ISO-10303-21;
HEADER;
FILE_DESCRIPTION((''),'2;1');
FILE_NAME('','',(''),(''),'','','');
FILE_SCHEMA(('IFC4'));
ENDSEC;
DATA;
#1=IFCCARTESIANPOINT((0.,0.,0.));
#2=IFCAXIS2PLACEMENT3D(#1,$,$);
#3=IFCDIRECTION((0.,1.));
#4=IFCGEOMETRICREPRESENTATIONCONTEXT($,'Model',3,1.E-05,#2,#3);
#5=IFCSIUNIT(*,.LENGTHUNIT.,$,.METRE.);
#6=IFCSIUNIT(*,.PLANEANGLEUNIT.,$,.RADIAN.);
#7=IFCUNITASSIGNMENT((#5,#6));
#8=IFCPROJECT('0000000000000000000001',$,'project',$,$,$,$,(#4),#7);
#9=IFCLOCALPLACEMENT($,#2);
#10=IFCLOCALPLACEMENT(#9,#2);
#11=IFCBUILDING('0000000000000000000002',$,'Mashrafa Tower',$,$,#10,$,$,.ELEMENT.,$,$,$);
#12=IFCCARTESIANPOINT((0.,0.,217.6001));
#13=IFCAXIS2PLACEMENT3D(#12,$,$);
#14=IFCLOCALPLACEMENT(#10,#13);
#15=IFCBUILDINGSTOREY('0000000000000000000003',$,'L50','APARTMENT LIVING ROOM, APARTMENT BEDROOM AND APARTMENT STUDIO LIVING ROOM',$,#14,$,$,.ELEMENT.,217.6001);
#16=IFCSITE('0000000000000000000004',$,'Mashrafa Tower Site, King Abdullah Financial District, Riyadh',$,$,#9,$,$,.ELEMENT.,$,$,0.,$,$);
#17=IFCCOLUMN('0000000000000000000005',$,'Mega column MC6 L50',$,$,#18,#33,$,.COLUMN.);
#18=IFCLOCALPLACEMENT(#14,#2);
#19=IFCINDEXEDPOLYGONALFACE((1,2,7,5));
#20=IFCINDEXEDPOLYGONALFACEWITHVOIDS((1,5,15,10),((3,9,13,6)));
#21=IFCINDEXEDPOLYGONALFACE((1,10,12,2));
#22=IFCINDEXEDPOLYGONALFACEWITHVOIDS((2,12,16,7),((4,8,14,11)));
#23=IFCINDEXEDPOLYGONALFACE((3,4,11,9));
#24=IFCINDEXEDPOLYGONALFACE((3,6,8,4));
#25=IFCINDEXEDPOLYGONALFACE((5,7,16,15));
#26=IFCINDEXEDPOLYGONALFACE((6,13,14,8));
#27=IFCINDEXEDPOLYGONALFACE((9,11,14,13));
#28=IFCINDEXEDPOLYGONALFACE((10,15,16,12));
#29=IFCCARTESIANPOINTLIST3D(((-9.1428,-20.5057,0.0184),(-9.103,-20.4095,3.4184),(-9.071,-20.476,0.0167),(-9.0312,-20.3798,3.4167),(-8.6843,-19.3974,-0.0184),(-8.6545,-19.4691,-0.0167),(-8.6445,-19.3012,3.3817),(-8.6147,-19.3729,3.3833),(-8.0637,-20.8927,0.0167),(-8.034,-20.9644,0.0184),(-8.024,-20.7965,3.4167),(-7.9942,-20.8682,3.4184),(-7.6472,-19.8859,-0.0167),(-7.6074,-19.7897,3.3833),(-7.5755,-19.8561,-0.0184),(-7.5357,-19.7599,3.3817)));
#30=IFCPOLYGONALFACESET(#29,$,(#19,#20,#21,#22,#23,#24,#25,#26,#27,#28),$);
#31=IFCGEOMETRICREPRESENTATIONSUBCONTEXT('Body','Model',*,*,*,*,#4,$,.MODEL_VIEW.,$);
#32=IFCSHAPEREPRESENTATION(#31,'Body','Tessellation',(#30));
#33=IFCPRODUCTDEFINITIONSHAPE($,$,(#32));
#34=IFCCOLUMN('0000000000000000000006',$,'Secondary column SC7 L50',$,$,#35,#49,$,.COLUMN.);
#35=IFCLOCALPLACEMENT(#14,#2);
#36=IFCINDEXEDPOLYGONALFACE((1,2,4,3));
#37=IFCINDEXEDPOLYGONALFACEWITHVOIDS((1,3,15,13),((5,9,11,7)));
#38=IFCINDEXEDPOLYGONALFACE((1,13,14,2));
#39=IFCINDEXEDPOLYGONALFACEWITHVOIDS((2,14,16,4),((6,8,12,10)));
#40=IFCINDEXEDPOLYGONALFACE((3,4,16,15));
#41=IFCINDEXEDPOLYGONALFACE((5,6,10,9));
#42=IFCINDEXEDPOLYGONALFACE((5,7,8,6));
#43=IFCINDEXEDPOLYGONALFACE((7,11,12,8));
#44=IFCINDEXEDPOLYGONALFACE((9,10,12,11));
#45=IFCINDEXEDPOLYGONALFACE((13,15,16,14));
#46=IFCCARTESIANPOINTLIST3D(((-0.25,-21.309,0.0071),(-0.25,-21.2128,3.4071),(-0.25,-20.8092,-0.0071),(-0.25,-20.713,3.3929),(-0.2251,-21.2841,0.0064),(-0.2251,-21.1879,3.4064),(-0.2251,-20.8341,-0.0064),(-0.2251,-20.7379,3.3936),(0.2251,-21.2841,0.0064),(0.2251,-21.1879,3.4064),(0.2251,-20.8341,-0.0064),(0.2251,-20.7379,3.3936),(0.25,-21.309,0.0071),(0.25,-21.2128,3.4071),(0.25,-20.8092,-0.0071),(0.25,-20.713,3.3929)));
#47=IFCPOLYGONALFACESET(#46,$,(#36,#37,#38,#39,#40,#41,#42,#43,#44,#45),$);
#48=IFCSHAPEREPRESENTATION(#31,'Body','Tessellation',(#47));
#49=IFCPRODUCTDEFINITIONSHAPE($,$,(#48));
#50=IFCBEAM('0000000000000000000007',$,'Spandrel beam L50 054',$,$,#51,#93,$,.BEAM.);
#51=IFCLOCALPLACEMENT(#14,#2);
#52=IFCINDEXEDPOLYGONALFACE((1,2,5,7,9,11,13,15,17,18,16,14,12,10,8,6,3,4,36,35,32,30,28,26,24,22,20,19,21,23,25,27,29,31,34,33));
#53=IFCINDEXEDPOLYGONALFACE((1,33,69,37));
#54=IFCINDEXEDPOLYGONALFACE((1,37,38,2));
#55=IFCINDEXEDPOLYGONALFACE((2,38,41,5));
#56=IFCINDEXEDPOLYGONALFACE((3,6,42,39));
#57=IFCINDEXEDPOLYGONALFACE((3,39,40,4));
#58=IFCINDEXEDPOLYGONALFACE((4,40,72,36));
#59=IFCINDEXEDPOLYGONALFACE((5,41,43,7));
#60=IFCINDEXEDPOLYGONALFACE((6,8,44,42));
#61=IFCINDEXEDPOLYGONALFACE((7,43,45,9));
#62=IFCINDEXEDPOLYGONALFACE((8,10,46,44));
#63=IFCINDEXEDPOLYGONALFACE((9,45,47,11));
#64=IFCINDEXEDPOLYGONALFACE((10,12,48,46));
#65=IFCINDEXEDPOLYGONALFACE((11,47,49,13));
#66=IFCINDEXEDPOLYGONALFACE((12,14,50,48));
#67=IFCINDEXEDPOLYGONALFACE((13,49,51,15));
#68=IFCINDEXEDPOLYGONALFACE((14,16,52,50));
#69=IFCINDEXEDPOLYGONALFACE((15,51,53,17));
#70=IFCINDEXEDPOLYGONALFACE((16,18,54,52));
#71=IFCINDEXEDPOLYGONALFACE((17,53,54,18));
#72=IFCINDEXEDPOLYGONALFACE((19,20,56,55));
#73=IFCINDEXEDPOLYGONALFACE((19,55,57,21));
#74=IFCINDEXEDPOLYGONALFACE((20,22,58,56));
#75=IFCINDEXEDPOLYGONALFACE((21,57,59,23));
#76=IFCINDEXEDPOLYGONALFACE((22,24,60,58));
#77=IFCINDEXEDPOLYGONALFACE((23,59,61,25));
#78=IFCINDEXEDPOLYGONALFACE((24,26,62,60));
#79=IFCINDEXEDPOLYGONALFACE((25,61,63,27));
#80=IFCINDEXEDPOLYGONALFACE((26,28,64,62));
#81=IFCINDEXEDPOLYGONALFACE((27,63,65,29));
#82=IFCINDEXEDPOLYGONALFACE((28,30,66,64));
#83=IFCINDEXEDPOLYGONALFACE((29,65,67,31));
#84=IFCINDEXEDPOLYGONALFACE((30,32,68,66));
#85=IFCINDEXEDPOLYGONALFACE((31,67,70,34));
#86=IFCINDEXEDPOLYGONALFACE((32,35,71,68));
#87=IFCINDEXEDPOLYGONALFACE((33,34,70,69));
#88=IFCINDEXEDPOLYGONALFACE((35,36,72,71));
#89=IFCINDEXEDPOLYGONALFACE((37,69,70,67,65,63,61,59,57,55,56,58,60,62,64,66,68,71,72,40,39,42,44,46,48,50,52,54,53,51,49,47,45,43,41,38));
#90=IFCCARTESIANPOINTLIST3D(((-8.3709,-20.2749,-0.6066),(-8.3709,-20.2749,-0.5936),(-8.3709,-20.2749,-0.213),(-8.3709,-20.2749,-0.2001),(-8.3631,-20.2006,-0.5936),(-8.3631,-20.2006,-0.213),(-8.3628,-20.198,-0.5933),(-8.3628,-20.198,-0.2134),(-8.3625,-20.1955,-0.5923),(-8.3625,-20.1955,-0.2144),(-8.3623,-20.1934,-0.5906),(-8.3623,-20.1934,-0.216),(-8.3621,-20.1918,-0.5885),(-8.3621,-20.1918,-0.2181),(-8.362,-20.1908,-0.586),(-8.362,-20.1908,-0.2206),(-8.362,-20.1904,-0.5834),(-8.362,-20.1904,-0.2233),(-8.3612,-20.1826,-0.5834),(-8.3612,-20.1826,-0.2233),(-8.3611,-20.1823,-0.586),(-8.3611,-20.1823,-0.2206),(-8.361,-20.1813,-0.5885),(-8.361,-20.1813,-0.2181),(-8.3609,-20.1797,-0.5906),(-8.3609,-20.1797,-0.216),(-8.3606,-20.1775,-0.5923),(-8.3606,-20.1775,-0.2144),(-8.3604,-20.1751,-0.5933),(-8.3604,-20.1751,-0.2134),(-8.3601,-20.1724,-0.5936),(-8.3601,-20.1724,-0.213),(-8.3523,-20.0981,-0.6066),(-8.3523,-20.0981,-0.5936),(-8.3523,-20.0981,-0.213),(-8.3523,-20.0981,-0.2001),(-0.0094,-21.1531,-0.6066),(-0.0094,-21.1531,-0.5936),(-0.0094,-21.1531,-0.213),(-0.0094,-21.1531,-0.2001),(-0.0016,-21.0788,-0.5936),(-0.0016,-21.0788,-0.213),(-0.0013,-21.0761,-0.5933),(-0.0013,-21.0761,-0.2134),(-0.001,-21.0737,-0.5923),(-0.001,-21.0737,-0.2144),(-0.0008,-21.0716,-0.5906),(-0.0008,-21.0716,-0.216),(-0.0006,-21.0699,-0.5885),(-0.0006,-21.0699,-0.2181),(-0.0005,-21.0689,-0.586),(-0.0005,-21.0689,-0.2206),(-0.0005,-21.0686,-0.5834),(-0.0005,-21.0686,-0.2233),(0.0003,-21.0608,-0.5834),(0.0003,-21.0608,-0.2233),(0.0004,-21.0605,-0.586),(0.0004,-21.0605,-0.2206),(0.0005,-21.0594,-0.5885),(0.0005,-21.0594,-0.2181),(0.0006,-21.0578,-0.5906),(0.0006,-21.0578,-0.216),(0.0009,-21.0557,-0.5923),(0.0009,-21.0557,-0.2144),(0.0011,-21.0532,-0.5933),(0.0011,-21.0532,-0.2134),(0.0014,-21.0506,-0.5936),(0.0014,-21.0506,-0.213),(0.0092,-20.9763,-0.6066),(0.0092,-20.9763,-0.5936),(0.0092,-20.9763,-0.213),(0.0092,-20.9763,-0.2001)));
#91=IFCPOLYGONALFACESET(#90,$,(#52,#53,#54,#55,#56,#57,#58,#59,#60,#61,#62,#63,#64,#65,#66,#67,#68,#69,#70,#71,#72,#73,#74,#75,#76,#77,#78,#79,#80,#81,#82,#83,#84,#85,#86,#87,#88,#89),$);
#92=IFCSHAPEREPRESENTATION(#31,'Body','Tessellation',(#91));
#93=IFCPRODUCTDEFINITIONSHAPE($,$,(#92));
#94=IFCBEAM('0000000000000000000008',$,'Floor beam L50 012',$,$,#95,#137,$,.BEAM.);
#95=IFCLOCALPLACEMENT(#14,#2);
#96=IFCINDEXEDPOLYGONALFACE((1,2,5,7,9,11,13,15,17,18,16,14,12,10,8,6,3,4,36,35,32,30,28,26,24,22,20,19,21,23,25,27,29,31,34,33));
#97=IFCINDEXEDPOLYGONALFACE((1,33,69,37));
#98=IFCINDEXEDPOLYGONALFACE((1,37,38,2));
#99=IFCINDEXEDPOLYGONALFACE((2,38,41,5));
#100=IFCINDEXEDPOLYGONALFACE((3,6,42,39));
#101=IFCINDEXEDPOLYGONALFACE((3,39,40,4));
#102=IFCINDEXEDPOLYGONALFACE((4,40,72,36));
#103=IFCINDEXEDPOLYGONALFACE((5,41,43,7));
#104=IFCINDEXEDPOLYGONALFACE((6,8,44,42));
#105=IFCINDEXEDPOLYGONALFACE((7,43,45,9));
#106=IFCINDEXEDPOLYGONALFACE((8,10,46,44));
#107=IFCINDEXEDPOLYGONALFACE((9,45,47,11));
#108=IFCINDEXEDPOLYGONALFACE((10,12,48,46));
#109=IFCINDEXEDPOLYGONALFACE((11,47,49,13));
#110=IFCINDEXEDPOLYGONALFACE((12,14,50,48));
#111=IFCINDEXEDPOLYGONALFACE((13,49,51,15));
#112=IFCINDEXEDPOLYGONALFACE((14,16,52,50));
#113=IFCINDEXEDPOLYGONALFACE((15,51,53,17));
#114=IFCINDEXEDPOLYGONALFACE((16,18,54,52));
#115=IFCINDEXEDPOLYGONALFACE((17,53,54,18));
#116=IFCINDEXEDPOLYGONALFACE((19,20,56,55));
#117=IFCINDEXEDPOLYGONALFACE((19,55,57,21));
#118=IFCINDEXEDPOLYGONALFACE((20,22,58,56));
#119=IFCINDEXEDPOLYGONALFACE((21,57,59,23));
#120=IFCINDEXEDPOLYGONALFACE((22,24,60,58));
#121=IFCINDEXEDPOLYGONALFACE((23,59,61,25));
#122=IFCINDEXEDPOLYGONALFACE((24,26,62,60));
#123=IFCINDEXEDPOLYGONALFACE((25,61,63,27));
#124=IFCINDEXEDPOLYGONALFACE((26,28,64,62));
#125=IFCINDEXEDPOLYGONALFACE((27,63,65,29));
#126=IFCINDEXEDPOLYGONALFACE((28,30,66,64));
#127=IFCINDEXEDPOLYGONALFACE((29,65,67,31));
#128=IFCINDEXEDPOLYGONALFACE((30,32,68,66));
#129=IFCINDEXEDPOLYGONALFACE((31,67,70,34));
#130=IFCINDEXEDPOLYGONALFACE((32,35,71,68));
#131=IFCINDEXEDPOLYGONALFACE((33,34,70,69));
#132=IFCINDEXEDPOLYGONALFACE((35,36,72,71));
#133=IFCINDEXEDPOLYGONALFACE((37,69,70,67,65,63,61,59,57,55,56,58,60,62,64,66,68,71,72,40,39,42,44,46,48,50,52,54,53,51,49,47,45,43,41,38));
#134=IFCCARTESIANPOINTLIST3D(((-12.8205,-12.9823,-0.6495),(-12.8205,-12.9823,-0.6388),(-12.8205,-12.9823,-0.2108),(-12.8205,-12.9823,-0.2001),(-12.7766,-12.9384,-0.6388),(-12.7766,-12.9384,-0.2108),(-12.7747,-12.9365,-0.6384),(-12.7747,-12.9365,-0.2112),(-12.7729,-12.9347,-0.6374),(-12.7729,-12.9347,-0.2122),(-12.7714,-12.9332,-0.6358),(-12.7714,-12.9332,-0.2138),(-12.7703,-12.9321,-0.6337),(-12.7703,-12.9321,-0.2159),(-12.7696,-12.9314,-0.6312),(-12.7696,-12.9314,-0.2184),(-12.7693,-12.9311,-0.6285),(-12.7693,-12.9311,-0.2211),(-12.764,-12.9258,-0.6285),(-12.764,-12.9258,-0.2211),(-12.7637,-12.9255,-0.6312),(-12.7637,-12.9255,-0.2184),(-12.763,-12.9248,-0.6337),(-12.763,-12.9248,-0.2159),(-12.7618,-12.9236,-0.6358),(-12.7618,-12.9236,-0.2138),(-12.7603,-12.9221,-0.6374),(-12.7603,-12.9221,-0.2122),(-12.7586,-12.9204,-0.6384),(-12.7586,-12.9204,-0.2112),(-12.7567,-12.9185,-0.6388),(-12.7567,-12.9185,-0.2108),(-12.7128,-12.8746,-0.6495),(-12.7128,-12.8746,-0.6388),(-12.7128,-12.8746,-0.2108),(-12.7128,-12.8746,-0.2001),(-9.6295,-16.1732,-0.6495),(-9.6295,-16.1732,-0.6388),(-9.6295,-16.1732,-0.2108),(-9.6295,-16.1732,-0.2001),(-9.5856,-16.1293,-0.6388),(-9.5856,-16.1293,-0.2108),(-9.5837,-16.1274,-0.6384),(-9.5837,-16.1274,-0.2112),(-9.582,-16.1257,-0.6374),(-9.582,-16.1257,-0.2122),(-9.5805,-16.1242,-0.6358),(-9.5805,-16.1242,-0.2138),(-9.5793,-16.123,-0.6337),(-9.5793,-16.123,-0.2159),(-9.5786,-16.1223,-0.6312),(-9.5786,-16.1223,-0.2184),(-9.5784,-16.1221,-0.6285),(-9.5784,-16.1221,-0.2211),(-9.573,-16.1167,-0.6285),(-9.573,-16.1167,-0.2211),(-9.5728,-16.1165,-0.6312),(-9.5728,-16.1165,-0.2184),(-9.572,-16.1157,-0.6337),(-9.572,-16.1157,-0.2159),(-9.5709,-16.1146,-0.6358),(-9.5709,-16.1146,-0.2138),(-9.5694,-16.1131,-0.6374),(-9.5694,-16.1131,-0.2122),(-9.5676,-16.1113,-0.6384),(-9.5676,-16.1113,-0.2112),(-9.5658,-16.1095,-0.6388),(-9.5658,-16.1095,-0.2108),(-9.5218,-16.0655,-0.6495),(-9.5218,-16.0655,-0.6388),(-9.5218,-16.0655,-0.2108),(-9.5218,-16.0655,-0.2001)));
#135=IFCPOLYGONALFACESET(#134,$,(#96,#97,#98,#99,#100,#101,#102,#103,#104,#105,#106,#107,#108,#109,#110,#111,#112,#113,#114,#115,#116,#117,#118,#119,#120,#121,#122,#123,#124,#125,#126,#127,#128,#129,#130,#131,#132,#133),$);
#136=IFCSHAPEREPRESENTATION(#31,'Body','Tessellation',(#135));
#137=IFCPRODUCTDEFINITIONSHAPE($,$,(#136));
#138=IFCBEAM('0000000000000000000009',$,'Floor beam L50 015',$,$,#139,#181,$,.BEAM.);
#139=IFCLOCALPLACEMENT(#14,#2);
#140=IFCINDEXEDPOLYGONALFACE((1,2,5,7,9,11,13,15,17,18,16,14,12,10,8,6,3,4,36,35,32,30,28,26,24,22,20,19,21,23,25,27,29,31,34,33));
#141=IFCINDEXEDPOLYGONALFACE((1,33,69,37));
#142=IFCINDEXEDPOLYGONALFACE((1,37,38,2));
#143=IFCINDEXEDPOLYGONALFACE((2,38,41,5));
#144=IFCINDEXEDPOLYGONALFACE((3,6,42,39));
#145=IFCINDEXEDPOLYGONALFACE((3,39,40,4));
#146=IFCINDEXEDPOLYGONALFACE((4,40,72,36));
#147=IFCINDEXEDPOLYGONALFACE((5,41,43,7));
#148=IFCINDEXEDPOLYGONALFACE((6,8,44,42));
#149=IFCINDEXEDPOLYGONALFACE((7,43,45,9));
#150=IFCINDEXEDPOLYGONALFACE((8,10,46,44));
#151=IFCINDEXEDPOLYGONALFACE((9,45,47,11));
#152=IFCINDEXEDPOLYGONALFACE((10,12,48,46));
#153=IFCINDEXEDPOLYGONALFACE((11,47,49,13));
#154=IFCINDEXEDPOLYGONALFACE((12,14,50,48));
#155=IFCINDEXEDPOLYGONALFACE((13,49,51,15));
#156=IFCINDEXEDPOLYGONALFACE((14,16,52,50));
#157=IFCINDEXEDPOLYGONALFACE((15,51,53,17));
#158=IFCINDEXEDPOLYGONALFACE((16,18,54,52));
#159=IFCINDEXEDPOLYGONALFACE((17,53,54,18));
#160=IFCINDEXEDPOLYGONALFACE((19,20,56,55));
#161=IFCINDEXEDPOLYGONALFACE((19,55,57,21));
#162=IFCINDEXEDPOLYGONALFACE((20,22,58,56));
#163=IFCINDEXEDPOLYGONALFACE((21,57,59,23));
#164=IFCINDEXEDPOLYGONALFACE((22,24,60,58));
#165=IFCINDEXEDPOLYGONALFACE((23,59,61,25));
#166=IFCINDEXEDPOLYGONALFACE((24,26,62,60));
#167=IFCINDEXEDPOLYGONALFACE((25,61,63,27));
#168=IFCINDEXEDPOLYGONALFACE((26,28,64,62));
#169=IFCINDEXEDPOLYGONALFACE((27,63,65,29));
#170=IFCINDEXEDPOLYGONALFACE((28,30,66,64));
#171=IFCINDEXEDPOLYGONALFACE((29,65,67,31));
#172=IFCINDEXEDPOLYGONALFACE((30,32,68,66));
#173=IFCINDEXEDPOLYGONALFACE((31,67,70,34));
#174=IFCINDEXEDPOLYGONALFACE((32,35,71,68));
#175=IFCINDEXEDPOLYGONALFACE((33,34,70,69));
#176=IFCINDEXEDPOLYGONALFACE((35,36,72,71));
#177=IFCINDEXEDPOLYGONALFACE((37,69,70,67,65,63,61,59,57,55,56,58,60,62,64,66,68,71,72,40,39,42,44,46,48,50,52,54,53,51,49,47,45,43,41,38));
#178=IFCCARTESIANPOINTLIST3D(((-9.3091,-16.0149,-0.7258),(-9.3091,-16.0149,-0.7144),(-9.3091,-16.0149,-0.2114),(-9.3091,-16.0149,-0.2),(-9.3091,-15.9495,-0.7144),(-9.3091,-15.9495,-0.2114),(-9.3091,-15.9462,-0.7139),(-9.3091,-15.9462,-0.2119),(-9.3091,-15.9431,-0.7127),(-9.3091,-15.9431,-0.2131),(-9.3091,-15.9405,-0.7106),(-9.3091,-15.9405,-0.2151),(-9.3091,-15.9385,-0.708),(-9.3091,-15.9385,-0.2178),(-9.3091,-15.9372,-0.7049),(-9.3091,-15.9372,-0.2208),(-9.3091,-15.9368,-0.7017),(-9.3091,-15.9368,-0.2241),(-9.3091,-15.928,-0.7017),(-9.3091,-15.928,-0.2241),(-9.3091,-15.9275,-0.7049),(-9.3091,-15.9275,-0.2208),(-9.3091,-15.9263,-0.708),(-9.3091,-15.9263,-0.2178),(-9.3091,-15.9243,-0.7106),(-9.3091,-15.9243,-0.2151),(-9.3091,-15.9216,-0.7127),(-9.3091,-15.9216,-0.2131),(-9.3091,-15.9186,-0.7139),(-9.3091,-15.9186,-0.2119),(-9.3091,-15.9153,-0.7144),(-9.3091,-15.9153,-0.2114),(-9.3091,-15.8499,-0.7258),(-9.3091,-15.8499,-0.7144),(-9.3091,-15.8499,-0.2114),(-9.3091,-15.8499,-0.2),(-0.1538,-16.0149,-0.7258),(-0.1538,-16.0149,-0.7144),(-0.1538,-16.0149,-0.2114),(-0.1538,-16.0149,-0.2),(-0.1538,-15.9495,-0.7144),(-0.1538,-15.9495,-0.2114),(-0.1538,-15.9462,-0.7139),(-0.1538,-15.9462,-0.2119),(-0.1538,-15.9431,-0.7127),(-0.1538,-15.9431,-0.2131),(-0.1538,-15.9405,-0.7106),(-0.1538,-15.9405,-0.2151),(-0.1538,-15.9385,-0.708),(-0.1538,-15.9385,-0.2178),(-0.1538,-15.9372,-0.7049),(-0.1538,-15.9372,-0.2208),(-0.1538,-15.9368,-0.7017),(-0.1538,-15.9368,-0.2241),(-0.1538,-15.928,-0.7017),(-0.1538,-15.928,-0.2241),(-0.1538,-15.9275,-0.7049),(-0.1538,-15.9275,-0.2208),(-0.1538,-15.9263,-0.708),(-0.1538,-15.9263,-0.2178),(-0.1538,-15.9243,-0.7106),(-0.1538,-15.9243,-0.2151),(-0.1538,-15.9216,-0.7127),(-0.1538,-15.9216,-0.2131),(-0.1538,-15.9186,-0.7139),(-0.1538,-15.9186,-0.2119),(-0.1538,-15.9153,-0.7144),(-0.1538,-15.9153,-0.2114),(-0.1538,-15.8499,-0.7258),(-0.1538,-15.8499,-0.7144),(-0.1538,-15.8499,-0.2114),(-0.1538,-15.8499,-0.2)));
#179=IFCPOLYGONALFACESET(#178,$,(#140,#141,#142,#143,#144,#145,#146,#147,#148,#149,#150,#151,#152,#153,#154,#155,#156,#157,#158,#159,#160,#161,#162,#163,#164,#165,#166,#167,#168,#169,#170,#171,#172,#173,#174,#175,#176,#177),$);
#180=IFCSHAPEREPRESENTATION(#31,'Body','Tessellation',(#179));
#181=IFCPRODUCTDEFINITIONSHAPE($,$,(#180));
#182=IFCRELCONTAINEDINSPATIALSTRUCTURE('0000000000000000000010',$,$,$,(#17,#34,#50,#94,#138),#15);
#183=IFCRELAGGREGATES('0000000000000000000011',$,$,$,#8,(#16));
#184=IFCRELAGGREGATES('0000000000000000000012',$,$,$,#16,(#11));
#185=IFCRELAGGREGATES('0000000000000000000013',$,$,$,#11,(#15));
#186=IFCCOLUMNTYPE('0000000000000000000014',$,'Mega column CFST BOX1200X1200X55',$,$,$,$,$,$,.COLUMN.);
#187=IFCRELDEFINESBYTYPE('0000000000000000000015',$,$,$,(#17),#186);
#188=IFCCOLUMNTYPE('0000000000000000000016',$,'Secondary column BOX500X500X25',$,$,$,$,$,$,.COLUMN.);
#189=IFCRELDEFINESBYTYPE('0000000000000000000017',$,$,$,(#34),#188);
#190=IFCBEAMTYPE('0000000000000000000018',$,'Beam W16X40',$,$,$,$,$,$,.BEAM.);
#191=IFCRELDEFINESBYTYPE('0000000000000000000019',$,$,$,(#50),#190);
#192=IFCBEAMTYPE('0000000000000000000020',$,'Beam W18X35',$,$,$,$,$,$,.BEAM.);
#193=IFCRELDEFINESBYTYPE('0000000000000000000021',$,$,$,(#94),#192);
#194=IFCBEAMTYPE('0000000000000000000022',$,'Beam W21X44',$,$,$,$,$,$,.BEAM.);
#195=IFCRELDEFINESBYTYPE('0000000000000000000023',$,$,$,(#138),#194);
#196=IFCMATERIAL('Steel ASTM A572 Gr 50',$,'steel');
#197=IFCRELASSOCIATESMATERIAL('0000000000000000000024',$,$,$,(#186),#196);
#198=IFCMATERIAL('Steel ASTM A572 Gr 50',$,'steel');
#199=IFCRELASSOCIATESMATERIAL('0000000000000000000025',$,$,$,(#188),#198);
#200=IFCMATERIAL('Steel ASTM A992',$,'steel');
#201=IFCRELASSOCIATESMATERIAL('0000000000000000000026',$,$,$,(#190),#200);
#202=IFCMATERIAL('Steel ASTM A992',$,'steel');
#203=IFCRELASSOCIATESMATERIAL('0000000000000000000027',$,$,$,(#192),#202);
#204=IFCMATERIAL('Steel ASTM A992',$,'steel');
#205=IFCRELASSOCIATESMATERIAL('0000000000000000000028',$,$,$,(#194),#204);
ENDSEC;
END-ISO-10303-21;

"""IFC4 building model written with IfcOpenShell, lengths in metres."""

from ifc_helpers import new_model, si_unit, direction, frame, origin, origin_2d, place, context, subcontext, project, spatial, hollow_rectangle, i_section, extrude, material, material_profile, profile_set, type_object, element, save


model = new_model("IFC4")

# Units and contexts
model_context = context("Model", 3, precision=1e-05, world=origin(), true_north=direction((0.0, 1.0)))
body_context = subcontext(model_context, "Body", "Model", "MODEL_VIEW")
ifc_project = project(units=[si_unit("LENGTHUNIT", "METRE"), si_unit("PLANEANGLEUNIT", "RADIAN")], contexts=[model_context])

# Site, building, storey
site_placement = place(None, origin())
site = spatial("IfcSite", under=ifc_project, at=site_placement, Name="Mashrafa Tower Site, King Abdullah Financial District, Riyadh", CompositionType="ELEMENT", RefElevation=0.0)
building_placement = place(site_placement, origin())
building = spatial("IfcBuilding", under=site, at=building_placement, Name="Mashrafa Tower", CompositionType="ELEMENT")
storey_placement = place(building_placement, frame((0.0, 0.0, 217.6001)))
storey = spatial("IfcBuildingStorey", under=building, at=storey_placement, Name="L50", Description="APARTMENT LIVING ROOM, APARTMENT BEDROOM AND APARTMENT STUDIO LIVING ROOM", CompositionType="ELEMENT", Elevation=217.6001)

# Columns
ifc_material_1 = material(Name="Steel ASTM A572 Gr 50", Category="steel")
ifc_material_profile_1 = material_profile(ifc_material_1, hollow_rectangle(XDim=1.2, YDim=1.2, WallThickness=0.0549, at=origin_2d()), Name="BOX1200X1200X55")
ifc_profile_set_1 = profile_set([ifc_material_profile_1], Name="Steel ASTM A572 Gr 50")
column_type_1 = type_object("IfcColumnType", Name="Mega column CFST BOX1200X1200X55", PredefinedType="COLUMN", material=ifc_profile_set_1)
column_1_placement = place(storey_placement, frame((-8.3591, -20.1809, 0.0), z_axis=(0.011699, 0.028279, 0.999532), x_axis=(-0.924045, 0.382283, 0.0)))
element("IfcColumn", 1, at=column_1_placement, inside=storey, type_object=column_type_1, Name="Mega column MC6 L50", PredefinedType="COLUMN", context=body_context, shape_type="SweptSolid", body=[
    extrude(hollow_rectangle(XDim=1.2, YDim=1.2, WallThickness=0.0549, at=origin_2d()), origin(), (0.0, 0.0, 1.0), 3.4016),
])
ifc_material_2 = material(Name="Steel ASTM A572 Gr 50", Category="steel")
ifc_material_profile_2 = material_profile(ifc_material_2, hollow_rectangle(XDim=0.5, YDim=0.5, WallThickness=0.0249, at=origin_2d()), Name="BOX500X500X25")
ifc_profile_set_2 = profile_set([ifc_material_profile_2], Name="Steel ASTM A572 Gr 50")
column_type_2 = type_object("IfcColumnType", Name="Secondary column BOX500X500X25", PredefinedType="COLUMN", material=ifc_profile_set_2)
column_2_placement = place(storey_placement, frame((0.0, -21.0591, 0.0), z_axis=(0.0, 0.028281, 0.9996), x_axis=(-1.0, 0.0, 0.0)))
element("IfcColumn", 2, at=column_2_placement, inside=storey, type_object=column_type_2, Name="Secondary column SC7 L50", PredefinedType="COLUMN", context=body_context, shape_type="SweptSolid", body=[
    extrude(hollow_rectangle(XDim=0.5, YDim=0.5, WallThickness=0.0249, at=origin_2d()), origin(), (0.0, 0.0, 1.0), 3.4014),
])

# Beams
ifc_material_3 = material(Name="Steel ASTM A992", Category="steel")
ifc_material_profile_3 = material_profile(ifc_material_3, i_section(OverallWidth=0.1777, OverallDepth=0.4065, WebThickness=0.0078, FlangeThickness=0.0129, FilletRadius=0.0103, at=origin_2d()), Name="W16X40")
ifc_profile_set_3 = profile_set([ifc_material_profile_3], Name="Steel ASTM A992")
beam_type_1 = type_object("IfcBeamType", Name="Beam W16X40", PredefinedType="BEAM", material=ifc_profile_set_3)
beam_1_placement = place(storey_placement, frame((-8.3616, -20.1865, -0.4033), z_axis=(0.99453, -0.10445, 0.0), x_axis=(0.10445, 0.99453, 0.0)))
element("IfcBeam", 3, at=beam_1_placement, inside=storey, type_object=beam_type_1, Name="Spandrel beam L50 054", PredefinedType="BEAM", context=body_context, shape_type="SweptSolid", body=[
    extrude(i_section(OverallWidth=0.1777, OverallDepth=0.4065, WebThickness=0.0078, FlangeThickness=0.0129, FilletRadius=0.0103, at=origin_2d()), origin(), (0.0, 0.0, 1.0), 8.4075),
])
ifc_material_4 = material(Name="Steel ASTM A992", Category="steel")
ifc_material_profile_4 = material_profile(ifc_material_4, i_section(OverallWidth=0.1523, OverallDepth=0.4495, WebThickness=0.0076, FlangeThickness=0.0107, FilletRadius=0.0103, at=origin_2d()), Name="W18X35")
ifc_profile_set_4 = profile_set([ifc_material_profile_4], Name="Steel ASTM A992")
beam_type_2 = type_object("IfcBeamType", Name="Beam W18X35", PredefinedType="BEAM", material=ifc_profile_set_4)
beam_2_placement = place(storey_placement, frame((-9.5757, -16.1194, -0.4248), z_axis=(-0.707107, 0.707107, 0.0), x_axis=(-0.707107, -0.707107, 0.0)))
element("IfcBeam", 4, at=beam_2_placement, inside=storey, type_object=beam_type_2, Name="Floor beam L50 012", PredefinedType="BEAM", context=body_context, shape_type="SweptSolid", body=[
    extrude(i_section(OverallWidth=0.1523, OverallDepth=0.4495, WebThickness=0.0076, FlangeThickness=0.0107, FilletRadius=0.0103, at=origin_2d()), origin(), (0.0, 0.0, 1.0), 4.5127),
])
ifc_material_5 = material(Name="Steel ASTM A992", Category="steel")
ifc_material_profile_5 = material_profile(ifc_material_5, i_section(OverallWidth=0.165, OverallDepth=0.5259, WebThickness=0.0088, FlangeThickness=0.0115, FilletRadius=0.0127, at=origin_2d()), Name="W21X44")
ifc_profile_set_5 = profile_set([ifc_material_profile_5], Name="Steel ASTM A992")
beam_type_3 = type_object("IfcBeamType", Name="Beam W21X44", PredefinedType="BEAM", material=ifc_profile_set_5)
beam_3_placement = place(storey_placement, frame((-0.1538, -15.9324, -0.4629), z_axis=(-1.0, 0.0, 0.0), x_axis=(0.0, -1.0, 0.0)))
element("IfcBeam", 5, at=beam_3_placement, inside=storey, type_object=beam_type_3, Name="Floor beam L50 015", PredefinedType="BEAM", context=body_context, shape_type="SweptSolid", body=[
    extrude(i_section(OverallWidth=0.165, OverallDepth=0.5259, WebThickness=0.0088, FlangeThickness=0.0115, FilletRadius=0.0127, at=origin_2d()), origin(), (0.0, 0.0, 1.0), 9.1553),
])

save(model, "model.ifc")
